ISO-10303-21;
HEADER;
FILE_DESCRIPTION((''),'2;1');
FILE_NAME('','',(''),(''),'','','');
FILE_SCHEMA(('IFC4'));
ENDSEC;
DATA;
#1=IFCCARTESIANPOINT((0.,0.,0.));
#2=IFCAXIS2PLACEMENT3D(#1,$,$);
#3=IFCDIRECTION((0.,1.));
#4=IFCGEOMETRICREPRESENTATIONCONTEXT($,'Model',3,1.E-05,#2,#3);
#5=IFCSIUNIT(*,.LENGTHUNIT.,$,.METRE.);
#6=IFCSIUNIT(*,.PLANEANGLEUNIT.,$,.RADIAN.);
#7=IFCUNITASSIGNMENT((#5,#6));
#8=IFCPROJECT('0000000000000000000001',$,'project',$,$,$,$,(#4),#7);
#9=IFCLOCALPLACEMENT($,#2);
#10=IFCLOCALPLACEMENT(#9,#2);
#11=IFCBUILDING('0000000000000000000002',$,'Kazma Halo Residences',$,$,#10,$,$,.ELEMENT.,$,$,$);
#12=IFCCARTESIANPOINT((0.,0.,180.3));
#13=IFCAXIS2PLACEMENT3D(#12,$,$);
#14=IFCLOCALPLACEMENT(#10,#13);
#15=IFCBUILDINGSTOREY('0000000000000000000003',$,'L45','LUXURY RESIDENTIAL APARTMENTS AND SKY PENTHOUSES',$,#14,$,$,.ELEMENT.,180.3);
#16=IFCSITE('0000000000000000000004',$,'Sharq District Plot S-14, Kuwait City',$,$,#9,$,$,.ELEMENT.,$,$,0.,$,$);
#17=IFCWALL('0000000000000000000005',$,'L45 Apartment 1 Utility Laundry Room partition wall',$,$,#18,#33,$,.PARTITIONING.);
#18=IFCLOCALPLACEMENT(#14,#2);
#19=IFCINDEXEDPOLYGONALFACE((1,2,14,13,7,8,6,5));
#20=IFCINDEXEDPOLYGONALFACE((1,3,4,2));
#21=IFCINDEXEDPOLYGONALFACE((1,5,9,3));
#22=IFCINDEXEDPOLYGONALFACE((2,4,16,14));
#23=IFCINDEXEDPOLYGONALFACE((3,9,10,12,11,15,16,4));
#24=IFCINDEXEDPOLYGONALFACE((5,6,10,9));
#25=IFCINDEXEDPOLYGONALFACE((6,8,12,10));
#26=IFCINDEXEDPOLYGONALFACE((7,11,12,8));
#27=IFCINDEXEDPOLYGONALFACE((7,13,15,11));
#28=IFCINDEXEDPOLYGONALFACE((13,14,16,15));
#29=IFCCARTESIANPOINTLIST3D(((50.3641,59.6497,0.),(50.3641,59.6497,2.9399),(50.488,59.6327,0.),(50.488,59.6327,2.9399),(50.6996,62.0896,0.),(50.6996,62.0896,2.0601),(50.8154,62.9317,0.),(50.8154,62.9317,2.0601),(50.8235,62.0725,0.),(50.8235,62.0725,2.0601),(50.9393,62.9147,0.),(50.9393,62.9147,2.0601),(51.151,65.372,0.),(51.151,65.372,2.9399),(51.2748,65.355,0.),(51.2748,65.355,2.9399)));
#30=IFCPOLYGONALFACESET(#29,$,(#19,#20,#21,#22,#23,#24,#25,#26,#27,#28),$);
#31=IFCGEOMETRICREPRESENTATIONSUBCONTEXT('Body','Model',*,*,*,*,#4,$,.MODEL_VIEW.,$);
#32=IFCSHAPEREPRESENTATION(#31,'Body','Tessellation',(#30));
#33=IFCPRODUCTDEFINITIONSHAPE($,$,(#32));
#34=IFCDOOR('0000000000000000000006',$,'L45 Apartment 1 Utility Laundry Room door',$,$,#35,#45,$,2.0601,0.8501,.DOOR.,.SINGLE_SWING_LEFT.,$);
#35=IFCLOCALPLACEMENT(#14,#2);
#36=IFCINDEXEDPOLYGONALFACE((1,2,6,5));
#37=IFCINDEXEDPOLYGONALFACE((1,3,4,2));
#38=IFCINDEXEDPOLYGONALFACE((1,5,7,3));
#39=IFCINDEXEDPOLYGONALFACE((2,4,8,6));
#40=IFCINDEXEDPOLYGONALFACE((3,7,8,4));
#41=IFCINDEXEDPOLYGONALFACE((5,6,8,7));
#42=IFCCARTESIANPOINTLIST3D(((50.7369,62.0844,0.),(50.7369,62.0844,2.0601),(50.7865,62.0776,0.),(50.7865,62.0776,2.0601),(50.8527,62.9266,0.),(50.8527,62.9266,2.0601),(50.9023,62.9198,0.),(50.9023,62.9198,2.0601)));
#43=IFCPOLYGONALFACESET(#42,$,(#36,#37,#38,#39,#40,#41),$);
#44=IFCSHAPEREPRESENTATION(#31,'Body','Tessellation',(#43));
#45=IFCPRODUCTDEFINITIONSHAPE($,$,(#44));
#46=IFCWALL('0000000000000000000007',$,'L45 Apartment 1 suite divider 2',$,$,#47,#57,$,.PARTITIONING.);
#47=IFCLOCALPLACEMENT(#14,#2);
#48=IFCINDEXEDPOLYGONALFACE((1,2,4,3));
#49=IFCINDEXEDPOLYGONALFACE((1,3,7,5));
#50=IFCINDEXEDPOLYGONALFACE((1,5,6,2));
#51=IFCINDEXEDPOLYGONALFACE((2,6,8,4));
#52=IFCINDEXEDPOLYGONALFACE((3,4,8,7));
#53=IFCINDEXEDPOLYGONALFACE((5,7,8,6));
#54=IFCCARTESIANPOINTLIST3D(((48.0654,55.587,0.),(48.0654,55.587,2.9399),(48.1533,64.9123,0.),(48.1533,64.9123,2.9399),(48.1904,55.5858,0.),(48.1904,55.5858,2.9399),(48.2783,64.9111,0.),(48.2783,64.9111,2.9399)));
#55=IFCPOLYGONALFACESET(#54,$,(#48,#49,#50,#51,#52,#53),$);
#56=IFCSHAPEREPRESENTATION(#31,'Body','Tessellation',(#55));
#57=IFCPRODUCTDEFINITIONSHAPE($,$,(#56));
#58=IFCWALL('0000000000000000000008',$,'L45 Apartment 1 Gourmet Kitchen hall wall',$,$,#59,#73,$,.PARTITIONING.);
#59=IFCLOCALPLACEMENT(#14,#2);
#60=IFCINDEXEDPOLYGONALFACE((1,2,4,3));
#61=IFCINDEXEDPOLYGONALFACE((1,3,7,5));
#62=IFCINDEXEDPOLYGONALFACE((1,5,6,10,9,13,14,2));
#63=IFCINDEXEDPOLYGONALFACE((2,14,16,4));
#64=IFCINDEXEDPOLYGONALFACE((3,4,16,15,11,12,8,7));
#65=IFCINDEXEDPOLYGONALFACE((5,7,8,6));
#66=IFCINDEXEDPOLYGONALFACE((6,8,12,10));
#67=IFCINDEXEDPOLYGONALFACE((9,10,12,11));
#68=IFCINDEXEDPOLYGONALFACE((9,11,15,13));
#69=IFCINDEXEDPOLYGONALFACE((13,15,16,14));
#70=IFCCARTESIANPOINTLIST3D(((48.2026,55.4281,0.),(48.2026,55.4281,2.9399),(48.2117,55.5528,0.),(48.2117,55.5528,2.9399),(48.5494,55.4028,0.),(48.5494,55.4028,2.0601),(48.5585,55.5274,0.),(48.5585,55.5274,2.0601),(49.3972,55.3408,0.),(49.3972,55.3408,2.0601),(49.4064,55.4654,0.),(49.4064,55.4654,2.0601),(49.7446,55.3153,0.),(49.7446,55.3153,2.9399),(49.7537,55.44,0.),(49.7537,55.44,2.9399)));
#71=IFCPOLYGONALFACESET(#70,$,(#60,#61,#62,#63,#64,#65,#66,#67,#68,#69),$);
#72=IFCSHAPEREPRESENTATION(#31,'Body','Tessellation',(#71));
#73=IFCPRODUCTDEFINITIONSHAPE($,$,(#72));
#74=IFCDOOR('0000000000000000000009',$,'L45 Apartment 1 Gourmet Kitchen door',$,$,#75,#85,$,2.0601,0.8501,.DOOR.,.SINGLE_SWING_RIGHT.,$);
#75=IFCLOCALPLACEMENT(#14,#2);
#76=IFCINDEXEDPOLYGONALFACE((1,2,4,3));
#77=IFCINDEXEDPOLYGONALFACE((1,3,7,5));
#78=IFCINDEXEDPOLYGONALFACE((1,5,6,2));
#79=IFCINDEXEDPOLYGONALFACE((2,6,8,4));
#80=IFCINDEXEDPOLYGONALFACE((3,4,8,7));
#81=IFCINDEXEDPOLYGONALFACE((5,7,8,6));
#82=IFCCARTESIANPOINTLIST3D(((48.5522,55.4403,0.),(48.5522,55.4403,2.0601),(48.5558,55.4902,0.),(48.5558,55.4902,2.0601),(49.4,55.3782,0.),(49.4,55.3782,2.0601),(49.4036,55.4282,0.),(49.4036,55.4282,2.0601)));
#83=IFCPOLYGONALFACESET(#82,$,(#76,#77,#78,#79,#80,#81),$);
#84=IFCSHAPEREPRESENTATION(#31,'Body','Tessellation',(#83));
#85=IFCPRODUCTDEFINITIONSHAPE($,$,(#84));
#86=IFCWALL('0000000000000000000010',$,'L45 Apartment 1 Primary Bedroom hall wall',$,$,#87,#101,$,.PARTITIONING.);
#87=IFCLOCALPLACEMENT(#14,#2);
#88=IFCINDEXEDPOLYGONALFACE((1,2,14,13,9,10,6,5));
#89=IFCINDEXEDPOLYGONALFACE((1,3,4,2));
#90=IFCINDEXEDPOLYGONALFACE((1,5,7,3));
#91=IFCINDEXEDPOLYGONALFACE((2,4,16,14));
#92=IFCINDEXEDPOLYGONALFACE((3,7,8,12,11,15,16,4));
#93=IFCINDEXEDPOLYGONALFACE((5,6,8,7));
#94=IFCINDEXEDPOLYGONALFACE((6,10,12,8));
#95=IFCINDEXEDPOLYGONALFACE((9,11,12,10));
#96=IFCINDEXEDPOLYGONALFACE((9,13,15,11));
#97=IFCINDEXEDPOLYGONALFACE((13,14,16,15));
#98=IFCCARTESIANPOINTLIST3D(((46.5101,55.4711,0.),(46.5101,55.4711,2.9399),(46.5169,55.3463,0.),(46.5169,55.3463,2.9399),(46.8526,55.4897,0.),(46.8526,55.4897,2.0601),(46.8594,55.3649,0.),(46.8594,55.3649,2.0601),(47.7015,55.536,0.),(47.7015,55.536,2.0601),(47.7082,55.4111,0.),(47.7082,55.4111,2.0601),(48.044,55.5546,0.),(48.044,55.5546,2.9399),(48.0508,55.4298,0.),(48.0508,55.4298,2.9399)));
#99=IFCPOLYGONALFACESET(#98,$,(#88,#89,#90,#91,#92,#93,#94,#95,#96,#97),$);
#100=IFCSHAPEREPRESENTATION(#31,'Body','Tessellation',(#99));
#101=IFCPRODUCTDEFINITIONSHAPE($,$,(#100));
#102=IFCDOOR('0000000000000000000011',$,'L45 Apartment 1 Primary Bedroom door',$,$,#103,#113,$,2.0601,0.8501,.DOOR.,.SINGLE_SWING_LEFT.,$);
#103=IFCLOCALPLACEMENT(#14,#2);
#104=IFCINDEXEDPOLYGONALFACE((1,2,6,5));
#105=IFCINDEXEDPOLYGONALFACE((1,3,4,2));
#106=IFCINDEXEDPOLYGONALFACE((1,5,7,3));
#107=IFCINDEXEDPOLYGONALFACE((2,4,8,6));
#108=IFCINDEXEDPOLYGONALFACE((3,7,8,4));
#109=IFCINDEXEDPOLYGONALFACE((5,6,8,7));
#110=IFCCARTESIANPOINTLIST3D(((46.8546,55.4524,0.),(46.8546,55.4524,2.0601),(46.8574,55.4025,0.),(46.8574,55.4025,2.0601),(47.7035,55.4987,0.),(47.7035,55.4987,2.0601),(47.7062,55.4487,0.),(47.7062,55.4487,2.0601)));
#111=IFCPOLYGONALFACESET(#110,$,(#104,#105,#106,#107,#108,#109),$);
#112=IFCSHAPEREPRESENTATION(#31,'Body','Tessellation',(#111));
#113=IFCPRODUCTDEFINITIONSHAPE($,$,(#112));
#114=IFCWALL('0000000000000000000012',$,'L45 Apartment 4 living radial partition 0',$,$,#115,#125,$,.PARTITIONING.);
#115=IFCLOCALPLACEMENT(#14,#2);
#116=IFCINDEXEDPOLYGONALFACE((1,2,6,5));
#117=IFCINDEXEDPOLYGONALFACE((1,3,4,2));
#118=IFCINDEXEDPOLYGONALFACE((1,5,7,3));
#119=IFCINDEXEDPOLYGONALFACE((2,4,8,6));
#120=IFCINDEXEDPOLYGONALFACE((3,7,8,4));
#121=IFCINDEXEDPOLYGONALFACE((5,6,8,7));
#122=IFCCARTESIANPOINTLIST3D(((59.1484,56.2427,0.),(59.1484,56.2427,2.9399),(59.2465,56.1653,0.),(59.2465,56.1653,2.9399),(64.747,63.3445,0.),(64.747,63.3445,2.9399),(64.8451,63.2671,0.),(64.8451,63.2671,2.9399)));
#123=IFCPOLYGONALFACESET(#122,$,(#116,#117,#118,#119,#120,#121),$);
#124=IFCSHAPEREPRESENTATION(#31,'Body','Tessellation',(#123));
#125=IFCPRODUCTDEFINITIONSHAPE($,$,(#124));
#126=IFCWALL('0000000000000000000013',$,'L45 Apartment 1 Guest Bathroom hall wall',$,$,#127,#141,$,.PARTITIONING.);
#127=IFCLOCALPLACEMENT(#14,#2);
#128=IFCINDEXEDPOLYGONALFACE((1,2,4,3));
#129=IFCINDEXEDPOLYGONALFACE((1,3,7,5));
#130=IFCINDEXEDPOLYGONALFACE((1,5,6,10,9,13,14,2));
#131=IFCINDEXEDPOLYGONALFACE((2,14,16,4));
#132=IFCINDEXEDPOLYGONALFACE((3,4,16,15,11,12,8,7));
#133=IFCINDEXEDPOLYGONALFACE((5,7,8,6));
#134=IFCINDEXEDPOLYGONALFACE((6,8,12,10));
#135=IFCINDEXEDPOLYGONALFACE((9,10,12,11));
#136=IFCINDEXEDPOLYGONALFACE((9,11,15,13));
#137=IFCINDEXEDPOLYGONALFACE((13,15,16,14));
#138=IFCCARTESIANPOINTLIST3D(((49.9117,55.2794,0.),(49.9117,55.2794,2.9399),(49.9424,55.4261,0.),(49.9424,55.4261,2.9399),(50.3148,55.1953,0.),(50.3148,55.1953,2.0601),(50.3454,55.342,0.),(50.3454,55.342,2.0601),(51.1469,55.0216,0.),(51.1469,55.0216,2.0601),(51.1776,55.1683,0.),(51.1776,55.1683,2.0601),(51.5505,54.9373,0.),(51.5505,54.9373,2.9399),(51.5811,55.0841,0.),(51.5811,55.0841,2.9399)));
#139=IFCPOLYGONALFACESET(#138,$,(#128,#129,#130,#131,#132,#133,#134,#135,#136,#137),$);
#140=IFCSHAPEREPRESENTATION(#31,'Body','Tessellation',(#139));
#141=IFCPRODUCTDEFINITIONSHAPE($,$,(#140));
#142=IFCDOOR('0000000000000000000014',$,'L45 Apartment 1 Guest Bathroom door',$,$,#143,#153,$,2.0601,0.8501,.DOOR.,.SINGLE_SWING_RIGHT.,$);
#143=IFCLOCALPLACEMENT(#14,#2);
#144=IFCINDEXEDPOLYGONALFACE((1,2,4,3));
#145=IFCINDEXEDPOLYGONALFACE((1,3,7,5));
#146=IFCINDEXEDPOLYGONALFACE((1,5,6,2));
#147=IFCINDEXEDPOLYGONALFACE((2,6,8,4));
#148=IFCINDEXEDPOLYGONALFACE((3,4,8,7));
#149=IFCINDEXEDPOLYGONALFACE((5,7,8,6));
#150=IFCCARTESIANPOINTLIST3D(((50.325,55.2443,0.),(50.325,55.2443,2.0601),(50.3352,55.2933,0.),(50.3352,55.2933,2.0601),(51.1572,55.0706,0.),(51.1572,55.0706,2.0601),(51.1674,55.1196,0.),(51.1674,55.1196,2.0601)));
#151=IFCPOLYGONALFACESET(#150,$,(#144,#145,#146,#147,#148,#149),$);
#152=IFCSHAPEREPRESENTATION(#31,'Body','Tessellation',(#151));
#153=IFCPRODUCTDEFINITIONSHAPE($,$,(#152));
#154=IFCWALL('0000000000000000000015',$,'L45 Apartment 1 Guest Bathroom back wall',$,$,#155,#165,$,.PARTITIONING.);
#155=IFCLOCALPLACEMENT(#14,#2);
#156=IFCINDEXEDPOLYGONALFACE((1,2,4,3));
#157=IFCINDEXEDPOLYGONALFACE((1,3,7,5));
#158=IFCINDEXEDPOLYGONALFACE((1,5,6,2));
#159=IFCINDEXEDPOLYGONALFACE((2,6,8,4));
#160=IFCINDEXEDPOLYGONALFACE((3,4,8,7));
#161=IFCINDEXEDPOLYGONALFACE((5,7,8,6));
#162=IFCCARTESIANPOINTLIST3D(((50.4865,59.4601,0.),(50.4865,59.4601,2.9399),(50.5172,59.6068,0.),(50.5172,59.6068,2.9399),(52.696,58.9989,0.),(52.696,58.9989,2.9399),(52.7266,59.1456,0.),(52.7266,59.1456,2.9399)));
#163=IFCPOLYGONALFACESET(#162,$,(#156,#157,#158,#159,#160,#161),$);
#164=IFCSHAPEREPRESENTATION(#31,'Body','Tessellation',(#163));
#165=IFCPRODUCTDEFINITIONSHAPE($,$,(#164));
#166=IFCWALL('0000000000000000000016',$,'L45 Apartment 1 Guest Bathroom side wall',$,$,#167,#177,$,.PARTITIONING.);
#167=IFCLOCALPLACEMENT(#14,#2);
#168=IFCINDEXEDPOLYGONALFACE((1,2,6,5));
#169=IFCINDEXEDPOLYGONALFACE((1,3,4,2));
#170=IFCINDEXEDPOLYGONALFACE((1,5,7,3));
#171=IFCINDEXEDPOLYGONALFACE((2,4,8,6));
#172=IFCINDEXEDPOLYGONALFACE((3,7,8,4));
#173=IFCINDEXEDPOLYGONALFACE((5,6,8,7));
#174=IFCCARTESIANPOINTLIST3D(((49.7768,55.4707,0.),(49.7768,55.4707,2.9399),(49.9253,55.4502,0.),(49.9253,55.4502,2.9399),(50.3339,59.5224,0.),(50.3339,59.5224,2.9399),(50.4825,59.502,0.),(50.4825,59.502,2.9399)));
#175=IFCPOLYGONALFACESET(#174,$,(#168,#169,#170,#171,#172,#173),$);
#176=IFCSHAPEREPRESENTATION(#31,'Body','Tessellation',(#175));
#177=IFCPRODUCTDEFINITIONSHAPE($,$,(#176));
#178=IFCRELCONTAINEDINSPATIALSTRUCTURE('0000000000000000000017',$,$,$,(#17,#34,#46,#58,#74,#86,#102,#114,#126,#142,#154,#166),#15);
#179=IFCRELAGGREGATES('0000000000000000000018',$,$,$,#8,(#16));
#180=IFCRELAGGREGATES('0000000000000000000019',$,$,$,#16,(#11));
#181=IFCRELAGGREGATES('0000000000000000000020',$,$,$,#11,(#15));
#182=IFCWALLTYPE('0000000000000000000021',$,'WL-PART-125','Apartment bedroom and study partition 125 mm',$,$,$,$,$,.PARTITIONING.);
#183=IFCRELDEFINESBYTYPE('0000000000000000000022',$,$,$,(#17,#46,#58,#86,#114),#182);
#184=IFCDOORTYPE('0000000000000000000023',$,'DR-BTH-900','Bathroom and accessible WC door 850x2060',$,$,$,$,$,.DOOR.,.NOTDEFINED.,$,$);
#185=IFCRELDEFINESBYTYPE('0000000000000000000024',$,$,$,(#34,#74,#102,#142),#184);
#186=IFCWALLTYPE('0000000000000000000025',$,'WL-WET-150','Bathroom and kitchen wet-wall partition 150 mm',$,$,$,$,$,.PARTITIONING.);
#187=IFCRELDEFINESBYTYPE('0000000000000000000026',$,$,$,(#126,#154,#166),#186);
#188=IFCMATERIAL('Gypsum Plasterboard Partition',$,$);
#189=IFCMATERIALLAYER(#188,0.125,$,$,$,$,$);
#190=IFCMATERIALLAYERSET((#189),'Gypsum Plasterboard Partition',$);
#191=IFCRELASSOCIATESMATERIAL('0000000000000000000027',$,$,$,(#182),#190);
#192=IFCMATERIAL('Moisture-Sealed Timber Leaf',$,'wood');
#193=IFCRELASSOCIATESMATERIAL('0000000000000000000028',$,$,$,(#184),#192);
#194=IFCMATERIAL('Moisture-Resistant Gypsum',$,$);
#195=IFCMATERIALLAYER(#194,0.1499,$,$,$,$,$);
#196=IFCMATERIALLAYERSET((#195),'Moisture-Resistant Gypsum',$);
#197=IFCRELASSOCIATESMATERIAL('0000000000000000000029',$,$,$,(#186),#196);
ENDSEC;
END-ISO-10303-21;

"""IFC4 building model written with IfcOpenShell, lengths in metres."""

from ifc_helpers import new_model, si_unit, direction, frame, frame_2d, origin, place, context, subcontext, project, spatial, rectangle, extrude, material, layer, layer_set, type_object, element, fill, save


model = new_model("IFC4")

# Units and contexts
model_context = context("Model", 3, precision=1e-05, world=origin(), true_north=direction((0.0, 1.0)))
body_context = subcontext(model_context, "Body", "Model", "MODEL_VIEW")
ifc_project = project(units=[si_unit("LENGTHUNIT", "METRE"), si_unit("PLANEANGLEUNIT", "RADIAN")], contexts=[model_context])

# Site, building, storey
site_placement = place(None, origin())
site = spatial("IfcSite", under=ifc_project, at=site_placement, Name="Sharq District Plot S-14, Kuwait City", CompositionType="ELEMENT", RefElevation=0.0)
building_placement = place(site_placement, origin())
building = spatial("IfcBuilding", under=site, at=building_placement, Name="Kazma Halo Residences", CompositionType="ELEMENT")
storey_placement = place(building_placement, frame((0.0, 0.0, 180.3)))
storey = spatial("IfcBuildingStorey", under=building, at=storey_placement, Name="L45", Description="LUXURY RESIDENTIAL APARTMENTS AND SKY PENTHOUSES", CompositionType="ELEMENT", Elevation=180.3)

# Wall, opening, door
ifc_material_1 = material(Name="Gypsum Plasterboard Partition")
ifc_layer_1 = layer(ifc_material_1, 0.125)
ifc_layer_set_1 = layer_set([ifc_layer_1], Name="Gypsum Plasterboard Partition")
wall_type_1 = type_object("IfcWallType", Name="WL-PART-125", Description="Apartment bedroom and study partition 125 mm", PredefinedType="PARTITIONING", material=ifc_layer_set_1)
wall_1_placement = place(storey_placement, frame((50.426, 59.6411, 0.0), z_axis=(0.0, 0.0, 1.0), x_axis=(0.13623, 0.990677, 0.0)))
wall_1 = element("IfcWall", 1, at=wall_1_placement, inside=storey, type_object=wall_type_1, Name="L45 Apartment 1 Utility Laundry Room partition wall", PredefinedType="PARTITIONING", context=body_context, shape_type="SweptSolid", body=[
    extrude(rectangle(XDim=5.7761, YDim=0.125, at=frame_2d((2.8882, 0.0))), origin(), (0.0, 0.0, 1.0), 2.9399),
])
opening_1_placement = place(wall_1_placement, frame((2.4629, 0.0, 0.0)))
opening_1 = element("IfcOpeningElement", 2, at=opening_1_placement, cuts=wall_1, PredefinedType="OPENING", context=body_context, shape_type="SweptSolid", body=[
    extrude(rectangle(XDim=0.8501, YDim=2.0601, at=frame_2d((0.425, 1.03))), frame((0.0, 0.0725, 0.0), z_axis=(0.0, -1.0, 0.0), x_axis=(1.0, 0.0, 0.0)), (0.0, 0.0, 1.0), 0.145),
])
ifc_material_2 = material(Name="Moisture-Sealed Timber Leaf", Category="wood")
door_type_1 = type_object("IfcDoorType", Name="DR-BTH-900", Description="Bathroom and accessible WC door 850x2060", OperationType="NOTDEFINED", PredefinedType="DOOR", material=ifc_material_2)
door_1_placement = place(opening_1_placement, origin())
door_1 = element("IfcDoor", 3, at=door_1_placement, inside=storey, type_object=door_type_1, Name="L45 Apartment 1 Utility Laundry Room door", OperationType="SINGLE_SWING_LEFT", OverallHeight=2.0601, OverallWidth=0.8501, PredefinedType="DOOR", context=body_context, shape_type="SweptSolid", body=[
    extrude(rectangle(XDim=0.8501, YDim=2.0601, at=frame_2d((0.425, 1.03))), frame((0.0, 0.0249, 0.0), z_axis=(0.0, -1.0, 0.0), x_axis=(1.0, 0.0, 0.0)), (0.0, 0.0, 1.0), 0.05),
])
fill(opening_1, door_1)

# Wall
wall_2_placement = place(storey_placement, frame((48.1279, 55.5864, 0.0), z_axis=(0.0, 0.0, 1.0), x_axis=(0.009425, 0.999956, 0.0)))
element("IfcWall", 4, at=wall_2_placement, inside=storey, type_object=wall_type_1, Name="L45 Apartment 1 suite divider 2", PredefinedType="PARTITIONING", context=body_context, shape_type="SweptSolid", body=[
    extrude(rectangle(XDim=9.3257, YDim=0.125, at=frame_2d((4.6628, 0.0))), origin(), (0.0, 0.0, 1.0), 2.9399),
])

# Walls, openings, doors
wall_3_placement = place(storey_placement, frame((49.749, 55.3777, 0.0), z_axis=(0.0, 0.0, 1.0), x_axis=(-0.997335, 0.072953, 0.0)))
wall_3 = element("IfcWall", 5, at=wall_3_placement, inside=storey, type_object=wall_type_1, Name="L45 Apartment 1 Gourmet Kitchen hall wall", PredefinedType="PARTITIONING", context=body_context, shape_type="SweptSolid", body=[
    extrude(rectangle(XDim=1.5461, YDim=0.125, at=frame_2d((0.7729, 0.0))), origin(), (0.0, 0.0, 1.0), 2.9399),
])
opening_2_placement = place(wall_3_placement, frame((0.3481, 0.0, 0.0)))
opening_2 = element("IfcOpeningElement", 6, at=opening_2_placement, cuts=wall_3, PredefinedType="OPENING", context=body_context, shape_type="SweptSolid", body=[
    extrude(rectangle(XDim=0.8501, YDim=2.0601, at=frame_2d((0.425, 1.03))), frame((0.0, 0.0725, 0.0), z_axis=(0.0, -1.0, 0.0), x_axis=(1.0, 0.0, 0.0)), (0.0, 0.0, 1.0), 0.145),
])
door_2_placement = place(opening_2_placement, origin())
door_2 = element("IfcDoor", 7, at=door_2_placement, inside=storey, type_object=door_type_1, Name="L45 Apartment 1 Gourmet Kitchen door", OperationType="SINGLE_SWING_RIGHT", OverallHeight=2.0601, OverallWidth=0.8501, PredefinedType="DOOR", context=body_context, shape_type="SweptSolid", body=[
    extrude(rectangle(XDim=0.8501, YDim=2.0601, at=frame_2d((0.425, 1.03))), frame((0.0, 0.0249, 0.0), z_axis=(0.0, -1.0, 0.0), x_axis=(1.0, 0.0, 0.0)), (0.0, 0.0, 1.0), 0.05),
])
fill(opening_2, door_2)
wall_4_placement = place(storey_placement, frame((48.0474, 55.4922, 0.0), z_axis=(0.0, 0.0, 1.0), x_axis=(-0.998522, -0.054352, 0.0)))
wall_4 = element("IfcWall", 8, at=wall_4_placement, inside=storey, type_object=wall_type_1, Name="L45 Apartment 1 Primary Bedroom hall wall", PredefinedType="PARTITIONING", context=body_context, shape_type="SweptSolid", body=[
    extrude(rectangle(XDim=1.5361, YDim=0.125, at=frame_2d((0.7681, 0.0))), origin(), (0.0, 0.0, 1.0), 2.9399),
])
opening_3_placement = place(wall_4_placement, frame((0.343, 0.0, 0.0)))
opening_3 = element("IfcOpeningElement", 9, at=opening_3_placement, cuts=wall_4, PredefinedType="OPENING", context=body_context, shape_type="SweptSolid", body=[
    extrude(rectangle(XDim=0.8501, YDim=2.0601, at=frame_2d((0.425, 1.03))), frame((0.0, 0.0725, 0.0), z_axis=(0.0, -1.0, 0.0), x_axis=(1.0, 0.0, 0.0)), (0.0, 0.0, 1.0), 0.145),
])
door_3_placement = place(opening_3_placement, origin())
door_3 = element("IfcDoor", 10, at=door_3_placement, inside=storey, type_object=door_type_1, Name="L45 Apartment 1 Primary Bedroom door", OperationType="SINGLE_SWING_LEFT", OverallHeight=2.0601, OverallWidth=0.8501, PredefinedType="DOOR", context=body_context, shape_type="SweptSolid", body=[
    extrude(rectangle(XDim=0.8501, YDim=2.0601, at=frame_2d((0.425, 1.03))), frame((0.0, 0.0249, 0.0), z_axis=(0.0, -1.0, 0.0), x_axis=(1.0, 0.0, 0.0)), (0.0, 0.0, 1.0), 0.05),
])
fill(opening_3, door_3)

# Wall
wall_5_placement = place(storey_placement, frame((59.1975, 56.2041, 0.0), z_axis=(0.0, 0.0, 1.0), x_axis=(0.619095, 0.785316, 0.0)))
element("IfcWall", 11, at=wall_5_placement, inside=storey, type_object=wall_type_1, Name="L45 Apartment 4 living radial partition 0", PredefinedType="PARTITIONING", context=body_context, shape_type="SweptSolid", body=[
    extrude(rectangle(XDim=9.0432, YDim=0.125, at=frame_2d((4.5215, 0.0))), origin(), (0.0, 0.0, 1.0), 2.9399),
])

# Wall, opening, door
ifc_material_3 = material(Name="Moisture-Resistant Gypsum")
ifc_layer_2 = layer(ifc_material_3, 0.1499)
ifc_layer_set_2 = layer_set([ifc_layer_2], Name="Moisture-Resistant Gypsum")
wall_type_2 = type_object("IfcWallType", Name="WL-WET-150", Description="Bathroom and kitchen wet-wall partition 150 mm", PredefinedType="PARTITIONING", material=ifc_layer_set_2)
wall_6_placement = place(storey_placement, frame((51.5657, 55.0107, 0.0), z_axis=(0.0, 0.0, 1.0), x_axis=(-0.978903, 0.204327, 0.0)))
wall_6 = element("IfcWall", 12, at=wall_6_placement, inside=storey, type_object=wall_type_2, Name="L45 Apartment 1 Guest Bathroom hall wall", PredefinedType="PARTITIONING", context=body_context, shape_type="SweptSolid", body=[
    extrude(rectangle(XDim=1.6741, YDim=0.1499, at=frame_2d((0.8369, 0.0))), origin(), (0.0, 0.0, 1.0), 2.9399),
])
opening_4_placement = place(wall_6_placement, frame((0.4121, 0.0, 0.0)))
opening_4 = element("IfcOpeningElement", 13, at=opening_4_placement, cuts=wall_6, PredefinedType="OPENING", context=body_context, shape_type="SweptSolid", body=[
    extrude(rectangle(XDim=0.8501, YDim=2.0601, at=frame_2d((0.425, 1.03))), frame((0.0, 0.085, 0.0), z_axis=(0.0, -1.0, 0.0), x_axis=(1.0, 0.0, 0.0)), (0.0, 0.0, 1.0), 0.1699),
])
door_4_placement = place(opening_4_placement, origin())
door_4 = element("IfcDoor", 14, at=door_4_placement, inside=storey, type_object=door_type_1, Name="L45 Apartment 1 Guest Bathroom door", OperationType="SINGLE_SWING_RIGHT", OverallHeight=2.0601, OverallWidth=0.8501, PredefinedType="DOOR", context=body_context, shape_type="SweptSolid", body=[
    extrude(rectangle(XDim=0.8501, YDim=2.0601, at=frame_2d((0.425, 1.03))), frame((0.0, 0.0249, 0.0), z_axis=(0.0, -1.0, 0.0), x_axis=(1.0, 0.0, 0.0)), (0.0, 0.0, 1.0), 0.05),
])
fill(opening_4, door_4)

# Walls
wall_7_placement = place(storey_placement, frame((52.7112, 59.0723, 0.0), z_axis=(0.0, 0.0, 1.0), x_axis=(-0.978903, 0.204326, 0.0)))
element("IfcWall", 15, at=wall_7_placement, inside=storey, type_object=wall_type_2, Name="L45 Apartment 1 Guest Bathroom back wall", PredefinedType="PARTITIONING", context=body_context, shape_type="SweptSolid", body=[
    extrude(rectangle(XDim=2.2571, YDim=0.1499, at=frame_2d((1.1284, 0.0))), origin(), (0.0, 0.0, 1.0), 2.9399),
])
wall_8_placement = place(storey_placement, frame((49.8511, 55.4604, 0.0), z_axis=(0.0, 0.0, 1.0), x_axis=(0.136221, 0.990678, 0.0)))
element("IfcWall", 16, at=wall_8_placement, inside=storey, type_object=wall_type_2, Name="L45 Apartment 1 Guest Bathroom side wall", PredefinedType="PARTITIONING", context=body_context, shape_type="SweptSolid", body=[
    extrude(rectangle(XDim=4.0898, YDim=0.1499, at=frame_2d((2.0449, 0.0))), origin(), (0.0, 0.0, 1.0), 2.9399),
])

save(model, "model.ifc")
